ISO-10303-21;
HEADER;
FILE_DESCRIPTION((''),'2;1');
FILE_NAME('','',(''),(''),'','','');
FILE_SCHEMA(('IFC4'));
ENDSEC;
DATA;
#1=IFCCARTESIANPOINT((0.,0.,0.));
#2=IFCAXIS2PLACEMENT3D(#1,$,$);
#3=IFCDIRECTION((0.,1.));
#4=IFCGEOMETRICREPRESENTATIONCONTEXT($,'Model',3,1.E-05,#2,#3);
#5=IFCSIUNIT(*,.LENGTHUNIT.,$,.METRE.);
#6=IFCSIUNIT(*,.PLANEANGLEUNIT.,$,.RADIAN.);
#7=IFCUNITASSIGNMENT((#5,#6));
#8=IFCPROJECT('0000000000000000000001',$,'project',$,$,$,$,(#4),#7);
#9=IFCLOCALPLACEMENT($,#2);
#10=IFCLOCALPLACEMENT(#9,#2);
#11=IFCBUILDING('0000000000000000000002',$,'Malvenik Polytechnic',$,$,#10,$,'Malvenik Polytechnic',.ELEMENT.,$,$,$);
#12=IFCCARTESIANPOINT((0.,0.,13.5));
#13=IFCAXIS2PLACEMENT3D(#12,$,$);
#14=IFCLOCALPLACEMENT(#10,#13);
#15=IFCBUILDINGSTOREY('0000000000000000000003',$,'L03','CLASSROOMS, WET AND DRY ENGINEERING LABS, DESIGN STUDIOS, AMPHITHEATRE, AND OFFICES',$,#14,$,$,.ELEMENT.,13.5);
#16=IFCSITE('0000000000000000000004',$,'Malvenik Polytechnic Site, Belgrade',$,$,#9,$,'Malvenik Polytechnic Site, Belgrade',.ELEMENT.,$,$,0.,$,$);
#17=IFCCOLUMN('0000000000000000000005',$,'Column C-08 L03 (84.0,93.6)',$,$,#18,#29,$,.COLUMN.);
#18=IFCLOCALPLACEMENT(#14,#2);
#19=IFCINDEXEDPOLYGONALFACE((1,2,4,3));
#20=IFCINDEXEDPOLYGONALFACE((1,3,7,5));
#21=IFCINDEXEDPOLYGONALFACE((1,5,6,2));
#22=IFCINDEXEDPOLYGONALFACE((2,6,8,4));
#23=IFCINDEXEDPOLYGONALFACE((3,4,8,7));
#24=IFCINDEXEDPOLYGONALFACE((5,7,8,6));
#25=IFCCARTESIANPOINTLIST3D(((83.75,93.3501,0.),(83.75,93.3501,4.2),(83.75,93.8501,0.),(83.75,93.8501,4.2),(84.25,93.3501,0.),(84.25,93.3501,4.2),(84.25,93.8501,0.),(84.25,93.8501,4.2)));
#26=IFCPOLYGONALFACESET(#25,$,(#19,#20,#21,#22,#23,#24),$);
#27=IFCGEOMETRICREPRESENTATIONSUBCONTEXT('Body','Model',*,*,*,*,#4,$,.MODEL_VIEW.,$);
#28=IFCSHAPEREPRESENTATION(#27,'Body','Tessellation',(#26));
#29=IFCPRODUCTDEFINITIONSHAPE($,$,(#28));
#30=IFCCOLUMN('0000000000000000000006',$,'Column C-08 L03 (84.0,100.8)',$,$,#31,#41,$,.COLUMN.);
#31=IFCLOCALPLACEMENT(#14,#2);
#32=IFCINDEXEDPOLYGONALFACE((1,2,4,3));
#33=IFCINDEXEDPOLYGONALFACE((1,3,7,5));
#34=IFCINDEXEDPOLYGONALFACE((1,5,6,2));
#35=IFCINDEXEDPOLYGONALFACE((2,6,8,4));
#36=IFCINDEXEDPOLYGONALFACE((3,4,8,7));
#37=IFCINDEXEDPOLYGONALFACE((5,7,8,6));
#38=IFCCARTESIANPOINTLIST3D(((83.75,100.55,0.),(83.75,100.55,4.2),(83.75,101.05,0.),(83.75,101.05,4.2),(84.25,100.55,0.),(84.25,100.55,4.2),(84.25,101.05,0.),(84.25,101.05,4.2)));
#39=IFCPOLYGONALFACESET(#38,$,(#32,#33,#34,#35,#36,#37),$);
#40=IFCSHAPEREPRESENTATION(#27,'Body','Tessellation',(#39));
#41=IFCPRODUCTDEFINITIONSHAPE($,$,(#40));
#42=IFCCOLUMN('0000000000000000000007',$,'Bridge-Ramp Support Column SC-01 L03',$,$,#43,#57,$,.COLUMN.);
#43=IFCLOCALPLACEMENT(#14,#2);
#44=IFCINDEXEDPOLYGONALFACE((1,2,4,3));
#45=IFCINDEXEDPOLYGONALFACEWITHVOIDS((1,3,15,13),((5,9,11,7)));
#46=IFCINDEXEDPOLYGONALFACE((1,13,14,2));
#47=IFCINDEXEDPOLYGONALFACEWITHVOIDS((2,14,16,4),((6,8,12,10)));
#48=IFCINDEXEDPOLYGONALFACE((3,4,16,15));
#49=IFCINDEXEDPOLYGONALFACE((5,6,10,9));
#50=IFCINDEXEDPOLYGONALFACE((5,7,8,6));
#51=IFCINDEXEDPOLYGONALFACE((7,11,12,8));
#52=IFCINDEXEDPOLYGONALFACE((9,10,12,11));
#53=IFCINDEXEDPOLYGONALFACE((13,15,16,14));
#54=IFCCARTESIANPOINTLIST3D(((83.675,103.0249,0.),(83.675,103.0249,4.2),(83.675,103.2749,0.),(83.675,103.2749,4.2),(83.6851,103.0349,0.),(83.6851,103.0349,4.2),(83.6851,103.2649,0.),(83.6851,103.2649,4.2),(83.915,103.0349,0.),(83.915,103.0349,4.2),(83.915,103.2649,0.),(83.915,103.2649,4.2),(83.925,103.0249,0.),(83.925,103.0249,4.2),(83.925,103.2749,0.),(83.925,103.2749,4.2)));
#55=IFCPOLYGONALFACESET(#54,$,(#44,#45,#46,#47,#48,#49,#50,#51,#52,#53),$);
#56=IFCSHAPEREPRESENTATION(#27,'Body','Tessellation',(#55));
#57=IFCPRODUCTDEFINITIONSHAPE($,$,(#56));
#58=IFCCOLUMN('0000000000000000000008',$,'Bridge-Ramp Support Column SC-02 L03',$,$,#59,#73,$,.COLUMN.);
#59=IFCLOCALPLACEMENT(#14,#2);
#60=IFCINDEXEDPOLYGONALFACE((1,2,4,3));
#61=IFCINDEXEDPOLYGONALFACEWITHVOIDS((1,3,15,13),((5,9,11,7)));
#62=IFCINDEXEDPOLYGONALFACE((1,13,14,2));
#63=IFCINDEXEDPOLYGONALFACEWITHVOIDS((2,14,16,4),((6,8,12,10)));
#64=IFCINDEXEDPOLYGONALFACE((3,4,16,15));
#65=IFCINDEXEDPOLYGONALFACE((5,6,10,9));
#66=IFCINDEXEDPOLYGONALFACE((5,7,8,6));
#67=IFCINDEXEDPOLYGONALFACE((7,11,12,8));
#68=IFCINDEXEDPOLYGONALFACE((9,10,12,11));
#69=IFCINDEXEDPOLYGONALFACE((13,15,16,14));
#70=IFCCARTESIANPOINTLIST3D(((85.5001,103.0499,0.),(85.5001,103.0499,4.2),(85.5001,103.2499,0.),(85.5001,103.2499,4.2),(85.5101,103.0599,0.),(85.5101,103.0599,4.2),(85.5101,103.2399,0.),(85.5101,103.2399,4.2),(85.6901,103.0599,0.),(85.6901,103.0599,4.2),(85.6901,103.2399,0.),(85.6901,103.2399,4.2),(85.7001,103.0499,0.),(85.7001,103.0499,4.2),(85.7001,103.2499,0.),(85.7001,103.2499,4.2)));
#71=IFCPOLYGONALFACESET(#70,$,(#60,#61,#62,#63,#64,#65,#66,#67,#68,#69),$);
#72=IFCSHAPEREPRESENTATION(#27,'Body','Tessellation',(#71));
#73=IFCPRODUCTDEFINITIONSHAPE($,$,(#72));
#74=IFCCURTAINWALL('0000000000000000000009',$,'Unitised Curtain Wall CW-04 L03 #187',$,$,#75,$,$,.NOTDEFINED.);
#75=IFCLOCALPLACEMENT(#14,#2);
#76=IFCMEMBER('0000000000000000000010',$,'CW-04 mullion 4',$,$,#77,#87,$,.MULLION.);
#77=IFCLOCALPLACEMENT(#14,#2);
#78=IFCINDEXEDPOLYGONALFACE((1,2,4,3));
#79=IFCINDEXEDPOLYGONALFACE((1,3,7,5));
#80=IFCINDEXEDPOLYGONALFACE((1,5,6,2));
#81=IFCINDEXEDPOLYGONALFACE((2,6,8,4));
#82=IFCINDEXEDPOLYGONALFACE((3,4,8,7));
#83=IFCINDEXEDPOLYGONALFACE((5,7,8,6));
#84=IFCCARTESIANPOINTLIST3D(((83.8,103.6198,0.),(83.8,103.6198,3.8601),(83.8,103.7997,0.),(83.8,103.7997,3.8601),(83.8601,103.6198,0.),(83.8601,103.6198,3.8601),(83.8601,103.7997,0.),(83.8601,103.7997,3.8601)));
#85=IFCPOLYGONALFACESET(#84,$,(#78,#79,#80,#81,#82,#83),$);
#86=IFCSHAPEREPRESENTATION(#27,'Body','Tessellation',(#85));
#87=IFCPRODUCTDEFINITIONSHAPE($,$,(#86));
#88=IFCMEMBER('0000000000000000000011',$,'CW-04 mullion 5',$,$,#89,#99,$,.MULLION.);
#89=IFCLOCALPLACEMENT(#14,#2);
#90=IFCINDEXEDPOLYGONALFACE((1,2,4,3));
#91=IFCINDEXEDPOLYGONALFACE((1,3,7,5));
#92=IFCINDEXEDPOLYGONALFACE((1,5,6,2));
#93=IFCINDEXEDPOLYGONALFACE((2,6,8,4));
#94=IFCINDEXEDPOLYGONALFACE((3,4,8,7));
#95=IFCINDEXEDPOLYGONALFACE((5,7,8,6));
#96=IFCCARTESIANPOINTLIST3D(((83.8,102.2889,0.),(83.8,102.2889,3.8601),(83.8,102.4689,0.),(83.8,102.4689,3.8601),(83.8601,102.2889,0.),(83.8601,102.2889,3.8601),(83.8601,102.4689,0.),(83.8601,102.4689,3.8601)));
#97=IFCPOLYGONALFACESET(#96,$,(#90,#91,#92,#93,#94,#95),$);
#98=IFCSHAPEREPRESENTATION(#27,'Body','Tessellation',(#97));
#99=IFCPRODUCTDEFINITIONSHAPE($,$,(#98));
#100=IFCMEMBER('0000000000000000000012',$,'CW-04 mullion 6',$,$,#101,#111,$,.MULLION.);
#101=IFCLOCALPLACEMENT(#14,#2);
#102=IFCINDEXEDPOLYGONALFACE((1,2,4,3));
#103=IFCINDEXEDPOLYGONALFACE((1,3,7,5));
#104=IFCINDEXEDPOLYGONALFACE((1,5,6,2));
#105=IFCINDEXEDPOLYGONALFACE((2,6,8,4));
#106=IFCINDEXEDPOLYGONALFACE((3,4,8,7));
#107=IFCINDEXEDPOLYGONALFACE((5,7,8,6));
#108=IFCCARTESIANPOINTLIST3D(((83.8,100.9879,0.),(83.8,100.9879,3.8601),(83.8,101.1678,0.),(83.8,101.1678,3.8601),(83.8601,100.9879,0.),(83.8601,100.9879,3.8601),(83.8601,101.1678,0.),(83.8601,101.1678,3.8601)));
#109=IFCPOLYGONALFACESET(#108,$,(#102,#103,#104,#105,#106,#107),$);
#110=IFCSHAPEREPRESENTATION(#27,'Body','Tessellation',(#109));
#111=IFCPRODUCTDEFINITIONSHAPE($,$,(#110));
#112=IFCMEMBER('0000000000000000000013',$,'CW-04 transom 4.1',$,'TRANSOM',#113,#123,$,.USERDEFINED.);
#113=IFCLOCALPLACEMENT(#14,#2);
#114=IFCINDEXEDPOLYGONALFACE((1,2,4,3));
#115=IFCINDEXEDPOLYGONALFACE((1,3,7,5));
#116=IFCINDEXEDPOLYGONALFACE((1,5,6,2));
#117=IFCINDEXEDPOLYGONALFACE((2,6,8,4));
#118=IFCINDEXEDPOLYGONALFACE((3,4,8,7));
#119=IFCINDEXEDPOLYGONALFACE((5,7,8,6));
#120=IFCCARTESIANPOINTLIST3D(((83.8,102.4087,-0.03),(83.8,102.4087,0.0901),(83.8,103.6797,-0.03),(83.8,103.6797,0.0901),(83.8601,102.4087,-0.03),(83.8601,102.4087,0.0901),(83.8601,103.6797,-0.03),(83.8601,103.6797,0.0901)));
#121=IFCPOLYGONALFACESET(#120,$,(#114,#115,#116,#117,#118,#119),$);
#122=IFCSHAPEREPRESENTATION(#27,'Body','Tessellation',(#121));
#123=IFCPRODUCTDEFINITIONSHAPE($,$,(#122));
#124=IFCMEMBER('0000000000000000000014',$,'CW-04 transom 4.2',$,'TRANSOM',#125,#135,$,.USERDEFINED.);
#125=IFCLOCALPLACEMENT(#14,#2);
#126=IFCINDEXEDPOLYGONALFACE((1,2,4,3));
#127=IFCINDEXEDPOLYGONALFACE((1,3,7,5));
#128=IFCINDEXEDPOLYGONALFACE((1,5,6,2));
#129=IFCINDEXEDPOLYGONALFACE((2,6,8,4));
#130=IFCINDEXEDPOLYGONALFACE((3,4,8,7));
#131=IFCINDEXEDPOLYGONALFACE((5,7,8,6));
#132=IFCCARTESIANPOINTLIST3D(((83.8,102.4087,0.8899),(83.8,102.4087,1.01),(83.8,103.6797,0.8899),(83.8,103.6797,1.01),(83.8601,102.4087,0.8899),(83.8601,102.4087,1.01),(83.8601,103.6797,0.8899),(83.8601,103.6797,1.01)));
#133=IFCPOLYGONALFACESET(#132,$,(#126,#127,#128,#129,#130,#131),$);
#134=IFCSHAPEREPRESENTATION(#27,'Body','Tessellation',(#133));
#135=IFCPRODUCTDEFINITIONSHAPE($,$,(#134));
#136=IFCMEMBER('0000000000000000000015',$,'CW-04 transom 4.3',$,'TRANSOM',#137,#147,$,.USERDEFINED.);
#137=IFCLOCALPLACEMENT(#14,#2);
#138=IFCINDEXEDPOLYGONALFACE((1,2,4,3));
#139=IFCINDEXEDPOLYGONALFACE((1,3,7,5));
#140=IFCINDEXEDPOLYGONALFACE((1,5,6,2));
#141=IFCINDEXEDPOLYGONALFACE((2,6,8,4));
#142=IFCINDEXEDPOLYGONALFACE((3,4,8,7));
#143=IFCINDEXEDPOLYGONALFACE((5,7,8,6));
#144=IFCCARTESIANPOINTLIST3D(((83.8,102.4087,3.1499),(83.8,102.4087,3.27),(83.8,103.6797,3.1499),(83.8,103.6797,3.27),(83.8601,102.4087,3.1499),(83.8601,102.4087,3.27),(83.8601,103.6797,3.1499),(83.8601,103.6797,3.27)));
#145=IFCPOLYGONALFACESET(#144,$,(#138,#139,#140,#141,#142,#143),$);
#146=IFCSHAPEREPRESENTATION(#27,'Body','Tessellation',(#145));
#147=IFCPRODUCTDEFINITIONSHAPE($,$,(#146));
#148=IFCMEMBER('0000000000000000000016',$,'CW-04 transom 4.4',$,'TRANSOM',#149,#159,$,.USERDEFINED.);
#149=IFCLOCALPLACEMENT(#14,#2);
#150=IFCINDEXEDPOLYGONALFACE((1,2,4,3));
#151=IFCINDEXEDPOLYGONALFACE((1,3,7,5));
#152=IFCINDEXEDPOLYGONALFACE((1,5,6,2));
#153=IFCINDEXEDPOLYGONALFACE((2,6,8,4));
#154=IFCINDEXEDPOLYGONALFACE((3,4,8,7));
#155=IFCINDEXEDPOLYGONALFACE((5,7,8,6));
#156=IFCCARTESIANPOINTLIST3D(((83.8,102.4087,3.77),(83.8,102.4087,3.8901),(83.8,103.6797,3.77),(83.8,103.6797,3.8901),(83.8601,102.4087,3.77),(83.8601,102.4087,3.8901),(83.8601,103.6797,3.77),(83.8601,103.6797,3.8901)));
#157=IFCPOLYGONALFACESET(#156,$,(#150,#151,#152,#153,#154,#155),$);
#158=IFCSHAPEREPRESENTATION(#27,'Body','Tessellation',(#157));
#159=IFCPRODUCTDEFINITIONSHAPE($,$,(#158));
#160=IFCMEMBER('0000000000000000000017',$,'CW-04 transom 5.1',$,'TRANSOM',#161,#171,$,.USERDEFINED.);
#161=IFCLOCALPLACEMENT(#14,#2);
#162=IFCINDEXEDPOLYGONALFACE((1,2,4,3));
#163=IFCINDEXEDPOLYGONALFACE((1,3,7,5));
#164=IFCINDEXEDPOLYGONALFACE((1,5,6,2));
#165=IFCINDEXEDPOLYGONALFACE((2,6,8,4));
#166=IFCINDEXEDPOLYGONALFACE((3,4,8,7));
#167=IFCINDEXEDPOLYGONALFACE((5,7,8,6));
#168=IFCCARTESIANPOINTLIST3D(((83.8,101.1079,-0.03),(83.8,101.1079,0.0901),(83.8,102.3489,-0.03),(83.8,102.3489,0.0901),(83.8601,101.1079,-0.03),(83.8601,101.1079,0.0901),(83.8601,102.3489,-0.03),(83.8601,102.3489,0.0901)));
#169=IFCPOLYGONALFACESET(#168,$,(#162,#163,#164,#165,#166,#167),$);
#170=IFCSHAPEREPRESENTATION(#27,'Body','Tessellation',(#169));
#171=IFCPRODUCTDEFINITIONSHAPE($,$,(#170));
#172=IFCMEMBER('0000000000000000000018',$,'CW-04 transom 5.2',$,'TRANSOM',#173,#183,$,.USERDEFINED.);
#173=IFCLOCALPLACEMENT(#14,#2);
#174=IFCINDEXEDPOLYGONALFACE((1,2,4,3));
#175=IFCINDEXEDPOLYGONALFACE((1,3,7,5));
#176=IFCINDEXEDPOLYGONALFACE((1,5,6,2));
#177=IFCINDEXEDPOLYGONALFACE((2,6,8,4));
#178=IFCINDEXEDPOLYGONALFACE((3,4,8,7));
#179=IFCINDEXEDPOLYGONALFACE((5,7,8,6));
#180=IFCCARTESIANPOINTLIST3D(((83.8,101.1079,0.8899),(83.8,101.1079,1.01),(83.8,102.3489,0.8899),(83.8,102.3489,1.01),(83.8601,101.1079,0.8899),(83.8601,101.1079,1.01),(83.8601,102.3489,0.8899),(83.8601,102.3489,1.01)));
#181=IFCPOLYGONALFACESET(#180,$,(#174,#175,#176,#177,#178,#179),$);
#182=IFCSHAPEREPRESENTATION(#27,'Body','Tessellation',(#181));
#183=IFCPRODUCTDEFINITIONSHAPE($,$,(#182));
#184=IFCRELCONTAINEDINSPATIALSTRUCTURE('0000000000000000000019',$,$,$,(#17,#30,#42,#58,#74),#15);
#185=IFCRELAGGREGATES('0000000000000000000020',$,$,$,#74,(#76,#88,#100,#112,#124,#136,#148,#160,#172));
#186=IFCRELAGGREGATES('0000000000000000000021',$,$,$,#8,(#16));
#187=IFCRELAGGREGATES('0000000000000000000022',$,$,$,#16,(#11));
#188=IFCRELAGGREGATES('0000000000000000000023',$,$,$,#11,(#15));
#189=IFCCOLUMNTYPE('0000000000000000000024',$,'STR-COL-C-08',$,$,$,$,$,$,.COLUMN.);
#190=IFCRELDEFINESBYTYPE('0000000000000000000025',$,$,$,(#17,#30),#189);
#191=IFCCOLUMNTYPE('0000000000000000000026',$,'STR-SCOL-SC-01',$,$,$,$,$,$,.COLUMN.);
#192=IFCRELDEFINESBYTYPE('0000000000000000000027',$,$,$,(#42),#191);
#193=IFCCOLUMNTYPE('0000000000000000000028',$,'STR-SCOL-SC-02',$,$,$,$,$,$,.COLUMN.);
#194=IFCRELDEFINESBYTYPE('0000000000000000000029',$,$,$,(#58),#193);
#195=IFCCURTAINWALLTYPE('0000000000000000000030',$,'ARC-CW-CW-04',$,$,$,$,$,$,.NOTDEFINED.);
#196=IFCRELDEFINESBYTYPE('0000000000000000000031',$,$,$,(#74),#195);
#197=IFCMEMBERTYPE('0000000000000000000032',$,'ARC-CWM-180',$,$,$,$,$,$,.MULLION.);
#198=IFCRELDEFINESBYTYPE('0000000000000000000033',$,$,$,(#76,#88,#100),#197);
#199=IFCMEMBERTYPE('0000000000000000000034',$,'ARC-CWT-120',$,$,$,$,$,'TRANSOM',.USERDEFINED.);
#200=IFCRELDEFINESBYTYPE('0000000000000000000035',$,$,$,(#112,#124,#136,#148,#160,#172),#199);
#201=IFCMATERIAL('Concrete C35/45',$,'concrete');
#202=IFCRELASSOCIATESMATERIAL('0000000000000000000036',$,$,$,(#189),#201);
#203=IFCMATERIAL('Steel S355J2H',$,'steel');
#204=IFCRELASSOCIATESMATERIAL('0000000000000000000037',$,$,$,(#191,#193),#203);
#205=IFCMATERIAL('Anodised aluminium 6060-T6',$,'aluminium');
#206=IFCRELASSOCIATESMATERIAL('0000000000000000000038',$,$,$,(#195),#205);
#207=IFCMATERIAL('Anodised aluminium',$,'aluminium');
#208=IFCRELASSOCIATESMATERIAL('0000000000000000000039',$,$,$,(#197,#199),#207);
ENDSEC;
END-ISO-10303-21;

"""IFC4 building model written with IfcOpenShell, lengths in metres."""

from ifc_helpers import new_model, si_unit, direction, frame, origin, origin_2d, place, context, subcontext, project, spatial, rectangle, hollow_rectangle, extrude, material, material_profile, profile_set, type_object, element, aggregate, save


model = new_model("IFC4")

# Units and contexts
model_context = context("Model", 3, precision=1e-05, world=origin(), true_north=direction((0.0, 1.0)))
body_context = subcontext(model_context, "Body", "Model", "MODEL_VIEW")
ifc_project = project(units=[si_unit("LENGTHUNIT", "METRE"), si_unit("PLANEANGLEUNIT", "RADIAN")], contexts=[model_context])

# Site, building, storey
site_placement = place(None, origin())
site = spatial("IfcSite", under=ifc_project, at=site_placement, Name="Malvenik Polytechnic Site, Belgrade", LongName="Malvenik Polytechnic Site, Belgrade", CompositionType="ELEMENT", RefElevation=0.0)
building_placement = place(site_placement, origin())
building = spatial("IfcBuilding", under=site, at=building_placement, Name="Malvenik Polytechnic", LongName="Malvenik Polytechnic", CompositionType="ELEMENT")
storey_placement = place(building_placement, frame((0.0, 0.0, 13.5)))
storey = spatial("IfcBuildingStorey", under=building, at=storey_placement, Name="L03", Description="CLASSROOMS, WET AND DRY ENGINEERING LABS, DESIGN STUDIOS, AMPHITHEATRE, AND OFFICES", CompositionType="ELEMENT", Elevation=13.5)

# Columns
ifc_material_1 = material(Name="Concrete C35/45", Category="concrete")
ifc_material_profile_1 = material_profile(ifc_material_1, rectangle(XDim=0.5, YDim=0.5, at=origin_2d()), Name="RC COL 500x500")
ifc_profile_set_1 = profile_set([ifc_material_profile_1], Name="Concrete C35/45")
column_type_1 = type_object("IfcColumnType", Name="STR-COL-C-08", PredefinedType="COLUMN", material=ifc_profile_set_1)
for number, where, z_axis, x_axis, name in (
    (1, (84.0, 93.6001, 0.0), (0.0, 0.0, 1.0), (1.0, 0.0, 0.0), "Column C-08 L03 (84.0,93.6)"),
    (2, (84.0, 100.8, 0.0), (0.0, 0.0, 1.0), (1.0, 0.0, 0.0), "Column C-08 L03 (84.0,100.8)"),
):
    element("IfcColumn", number, at=place(storey_placement, frame(where, z_axis=z_axis, x_axis=x_axis)), inside=storey, type_object=column_type_1, Name=name, PredefinedType="COLUMN", context=body_context, shape_type="SweptSolid", body=[
        extrude(rectangle(XDim=0.5, YDim=0.5, at=origin_2d()), origin(), (0.0, 0.0, 1.0), 4.2),
    ])
ifc_material_2 = material(Name="Steel S355J2H", Category="steel")
ifc_material_profile_2 = material_profile(ifc_material_2, hollow_rectangle(XDim=0.25, YDim=0.25, WallThickness=0.01, at=origin_2d()), Name="SHS 250x250x10.0")
ifc_profile_set_2 = profile_set([ifc_material_profile_2], Name="Steel S355J2H")
column_type_2 = type_object("IfcColumnType", Name="STR-SCOL-SC-01", PredefinedType="COLUMN", material=ifc_profile_set_2)
column_1_placement = place(storey_placement, frame((83.8, 103.1499, 0.0), z_axis=(0.0, 0.0, 1.0), x_axis=(1.0, 0.0, 0.0)))
element("IfcColumn", 3, at=column_1_placement, inside=storey, type_object=column_type_2, Name="Bridge-Ramp Support Column SC-01 L03", PredefinedType="COLUMN", context=body_context, shape_type="SweptSolid", body=[
    extrude(hollow_rectangle(XDim=0.25, YDim=0.25, WallThickness=0.01, at=origin_2d()), origin(), (0.0, 0.0, 1.0), 4.2),
])
ifc_material_profile_3 = material_profile(ifc_material_2, hollow_rectangle(XDim=0.2, YDim=0.2, WallThickness=0.01, at=origin_2d()), Name="SHS 200x200x10.0")
ifc_profile_set_3 = profile_set([ifc_material_profile_3], Name="Steel S355J2H")
column_type_3 = type_object("IfcColumnType", Name="STR-SCOL-SC-02", PredefinedType="COLUMN", material=ifc_profile_set_3)
column_2_placement = place(storey_placement, frame((85.6001, 103.1499, 0.0), z_axis=(0.0, 0.0, 1.0), x_axis=(1.0, 0.0, 0.0)))
element("IfcColumn", 4, at=column_2_placement, inside=storey, type_object=column_type_3, Name="Bridge-Ramp Support Column SC-02 L03", PredefinedType="COLUMN", context=body_context, shape_type="SweptSolid", body=[
    extrude(hollow_rectangle(XDim=0.2, YDim=0.2, WallThickness=0.01, at=origin_2d()), origin(), (0.0, 0.0, 1.0), 4.2),
])

# Curtain wall, members
ifc_material_3 = material(Name="Anodised aluminium 6060-T6", Category="aluminium")
curtain_wall_type = type_object("IfcCurtainWallType", Name="ARC-CW-CW-04", PredefinedType="NOTDEFINED", material=ifc_material_3)
curtain_wall_placement = place(storey_placement, origin())
curtain_wall = element("IfcCurtainWall", 5, at=curtain_wall_placement, inside=storey, type_object=curtain_wall_type, Name="Unitised Curtain Wall CW-04 L03 #187", PredefinedType="NOTDEFINED")
ifc_material_4 = material(Name="Anodised aluminium", Category="aluminium")
ifc_material_profile_4 = material_profile(ifc_material_4, rectangle(XDim=0.0601, YDim=0.1799, at=origin_2d()), Name="ALU MULLION 60x180")
ifc_profile_set_4 = profile_set([ifc_material_profile_4], Name="Anodised aluminium")
member_type_1 = type_object("IfcMemberType", Name="ARC-CWM-180", PredefinedType="MULLION", material=ifc_profile_set_4)
member_1_placement = place(storey_placement, frame((83.8301, 103.7097, 0.0), z_axis=(0.0, 0.0, 1.0), x_axis=(1.0, 0.0, 0.0)))
member_1 = element("IfcMember", 6, at=member_1_placement, type_object=member_type_1, Name="CW-04 mullion 4", PredefinedType="MULLION", context=body_context, shape_type="SweptSolid", body=[
    extrude(rectangle(XDim=0.0601, YDim=0.1799, at=origin_2d()), origin(), (0.0, 0.0, 1.0), 3.8601),
])
member_2_placement = place(storey_placement, frame((83.8301, 102.3789, 0.0), z_axis=(0.0, 0.0, 1.0), x_axis=(1.0, 0.0, 0.0)))
member_2 = element("IfcMember", 7, at=member_2_placement, type_object=member_type_1, Name="CW-04 mullion 5", PredefinedType="MULLION", context=body_context, shape_type="SweptSolid", body=[
    extrude(rectangle(XDim=0.0601, YDim=0.1799, at=origin_2d()), origin(), (0.0, 0.0, 1.0), 3.8601),
])
member_3_placement = place(storey_placement, frame((83.8301, 101.0779, 0.0), z_axis=(0.0, 0.0, 1.0), x_axis=(1.0, 0.0, 0.0)))
member_3 = element("IfcMember", 8, at=member_3_placement, type_object=member_type_1, Name="CW-04 mullion 6", PredefinedType="MULLION", context=body_context, shape_type="SweptSolid", body=[
    extrude(rectangle(XDim=0.0601, YDim=0.1799, at=origin_2d()), origin(), (0.0, 0.0, 1.0), 3.8601),
])
ifc_material_profile_5 = material_profile(ifc_material_4, rectangle(XDim=0.0601, YDim=0.1201, at=origin_2d()), Name="ALU TRANSOM 60x120")
ifc_profile_set_5 = profile_set([ifc_material_profile_5], Name="Anodised aluminium")
member_type_2 = type_object("IfcMemberType", Name="ARC-CWT-120", ElementType="TRANSOM", PredefinedType="USERDEFINED", material=ifc_profile_set_5)
member_4_placement = place(storey_placement, frame((83.8301, 103.6797, 0.03), z_axis=(0.0, -1.0, 0.0), x_axis=(1.0, 0.0, 0.0)))
member_4 = element("IfcMember", 9, at=member_4_placement, type_object=member_type_2, Name="CW-04 transom 4.1", ObjectType="TRANSOM", PredefinedType="USERDEFINED", context=body_context, shape_type="SweptSolid", body=[
    extrude(rectangle(XDim=0.0601, YDim=0.1201, at=origin_2d()), origin(), (0.0, 0.0, 1.0), 1.271),
])
member_5_placement = place(storey_placement, frame((83.8301, 103.6797, 0.95), z_axis=(0.0, -1.0, 0.0), x_axis=(1.0, 0.0, 0.0)))
member_5 = element("IfcMember", 10, at=member_5_placement, type_object=member_type_2, Name="CW-04 transom 4.2", ObjectType="TRANSOM", PredefinedType="USERDEFINED", context=body_context, shape_type="SweptSolid", body=[
    extrude(rectangle(XDim=0.0601, YDim=0.1201, at=origin_2d()), origin(), (0.0, 0.0, 1.0), 1.271),
])
member_6_placement = place(storey_placement, frame((83.8301, 103.6797, 3.21), z_axis=(0.0, -1.0, 0.0), x_axis=(1.0, 0.0, 0.0)))
member_6 = element("IfcMember", 11, at=member_6_placement, type_object=member_type_2, Name="CW-04 transom 4.3", ObjectType="TRANSOM", PredefinedType="USERDEFINED", context=body_context, shape_type="SweptSolid", body=[
    extrude(rectangle(XDim=0.0601, YDim=0.1201, at=origin_2d()), origin(), (0.0, 0.0, 1.0), 1.271),
])
member_7_placement = place(storey_placement, frame((83.8301, 103.6797, 3.8301), z_axis=(0.0, -1.0, 0.0), x_axis=(1.0, 0.0, 0.0)))
member_7 = element("IfcMember", 12, at=member_7_placement, type_object=member_type_2, Name="CW-04 transom 4.4", ObjectType="TRANSOM", PredefinedType="USERDEFINED", context=body_context, shape_type="SweptSolid", body=[
    extrude(rectangle(XDim=0.0601, YDim=0.1201, at=origin_2d()), origin(), (0.0, 0.0, 1.0), 1.271),
])
member_8_placement = place(storey_placement, frame((83.8301, 102.3489, 0.03), z_axis=(0.0, -1.0, 0.0), x_axis=(1.0, 0.0, 0.0)))
member_8 = element("IfcMember", 13, at=member_8_placement, type_object=member_type_2, Name="CW-04 transom 5.1", ObjectType="TRANSOM", PredefinedType="USERDEFINED", context=body_context, shape_type="SweptSolid", body=[
    extrude(rectangle(XDim=0.0601, YDim=0.1201, at=origin_2d()), origin(), (0.0, 0.0, 1.0), 1.241),
])
member_9_placement = place(storey_placement, frame((83.8301, 102.3489, 0.95), z_axis=(0.0, -1.0, 0.0), x_axis=(1.0, 0.0, 0.0)))
member_9 = element("IfcMember", 14, at=member_9_placement, type_object=member_type_2, Name="CW-04 transom 5.2", ObjectType="TRANSOM", PredefinedType="USERDEFINED", context=body_context, shape_type="SweptSolid", body=[
    extrude(rectangle(XDim=0.0601, YDim=0.1201, at=origin_2d()), origin(), (0.0, 0.0, 1.0), 1.241),
])

aggregate(curtain_wall, [member_1, member_2, member_3, member_4, member_5, member_6, member_7, member_8, member_9])

save(model, "model.ifc")
